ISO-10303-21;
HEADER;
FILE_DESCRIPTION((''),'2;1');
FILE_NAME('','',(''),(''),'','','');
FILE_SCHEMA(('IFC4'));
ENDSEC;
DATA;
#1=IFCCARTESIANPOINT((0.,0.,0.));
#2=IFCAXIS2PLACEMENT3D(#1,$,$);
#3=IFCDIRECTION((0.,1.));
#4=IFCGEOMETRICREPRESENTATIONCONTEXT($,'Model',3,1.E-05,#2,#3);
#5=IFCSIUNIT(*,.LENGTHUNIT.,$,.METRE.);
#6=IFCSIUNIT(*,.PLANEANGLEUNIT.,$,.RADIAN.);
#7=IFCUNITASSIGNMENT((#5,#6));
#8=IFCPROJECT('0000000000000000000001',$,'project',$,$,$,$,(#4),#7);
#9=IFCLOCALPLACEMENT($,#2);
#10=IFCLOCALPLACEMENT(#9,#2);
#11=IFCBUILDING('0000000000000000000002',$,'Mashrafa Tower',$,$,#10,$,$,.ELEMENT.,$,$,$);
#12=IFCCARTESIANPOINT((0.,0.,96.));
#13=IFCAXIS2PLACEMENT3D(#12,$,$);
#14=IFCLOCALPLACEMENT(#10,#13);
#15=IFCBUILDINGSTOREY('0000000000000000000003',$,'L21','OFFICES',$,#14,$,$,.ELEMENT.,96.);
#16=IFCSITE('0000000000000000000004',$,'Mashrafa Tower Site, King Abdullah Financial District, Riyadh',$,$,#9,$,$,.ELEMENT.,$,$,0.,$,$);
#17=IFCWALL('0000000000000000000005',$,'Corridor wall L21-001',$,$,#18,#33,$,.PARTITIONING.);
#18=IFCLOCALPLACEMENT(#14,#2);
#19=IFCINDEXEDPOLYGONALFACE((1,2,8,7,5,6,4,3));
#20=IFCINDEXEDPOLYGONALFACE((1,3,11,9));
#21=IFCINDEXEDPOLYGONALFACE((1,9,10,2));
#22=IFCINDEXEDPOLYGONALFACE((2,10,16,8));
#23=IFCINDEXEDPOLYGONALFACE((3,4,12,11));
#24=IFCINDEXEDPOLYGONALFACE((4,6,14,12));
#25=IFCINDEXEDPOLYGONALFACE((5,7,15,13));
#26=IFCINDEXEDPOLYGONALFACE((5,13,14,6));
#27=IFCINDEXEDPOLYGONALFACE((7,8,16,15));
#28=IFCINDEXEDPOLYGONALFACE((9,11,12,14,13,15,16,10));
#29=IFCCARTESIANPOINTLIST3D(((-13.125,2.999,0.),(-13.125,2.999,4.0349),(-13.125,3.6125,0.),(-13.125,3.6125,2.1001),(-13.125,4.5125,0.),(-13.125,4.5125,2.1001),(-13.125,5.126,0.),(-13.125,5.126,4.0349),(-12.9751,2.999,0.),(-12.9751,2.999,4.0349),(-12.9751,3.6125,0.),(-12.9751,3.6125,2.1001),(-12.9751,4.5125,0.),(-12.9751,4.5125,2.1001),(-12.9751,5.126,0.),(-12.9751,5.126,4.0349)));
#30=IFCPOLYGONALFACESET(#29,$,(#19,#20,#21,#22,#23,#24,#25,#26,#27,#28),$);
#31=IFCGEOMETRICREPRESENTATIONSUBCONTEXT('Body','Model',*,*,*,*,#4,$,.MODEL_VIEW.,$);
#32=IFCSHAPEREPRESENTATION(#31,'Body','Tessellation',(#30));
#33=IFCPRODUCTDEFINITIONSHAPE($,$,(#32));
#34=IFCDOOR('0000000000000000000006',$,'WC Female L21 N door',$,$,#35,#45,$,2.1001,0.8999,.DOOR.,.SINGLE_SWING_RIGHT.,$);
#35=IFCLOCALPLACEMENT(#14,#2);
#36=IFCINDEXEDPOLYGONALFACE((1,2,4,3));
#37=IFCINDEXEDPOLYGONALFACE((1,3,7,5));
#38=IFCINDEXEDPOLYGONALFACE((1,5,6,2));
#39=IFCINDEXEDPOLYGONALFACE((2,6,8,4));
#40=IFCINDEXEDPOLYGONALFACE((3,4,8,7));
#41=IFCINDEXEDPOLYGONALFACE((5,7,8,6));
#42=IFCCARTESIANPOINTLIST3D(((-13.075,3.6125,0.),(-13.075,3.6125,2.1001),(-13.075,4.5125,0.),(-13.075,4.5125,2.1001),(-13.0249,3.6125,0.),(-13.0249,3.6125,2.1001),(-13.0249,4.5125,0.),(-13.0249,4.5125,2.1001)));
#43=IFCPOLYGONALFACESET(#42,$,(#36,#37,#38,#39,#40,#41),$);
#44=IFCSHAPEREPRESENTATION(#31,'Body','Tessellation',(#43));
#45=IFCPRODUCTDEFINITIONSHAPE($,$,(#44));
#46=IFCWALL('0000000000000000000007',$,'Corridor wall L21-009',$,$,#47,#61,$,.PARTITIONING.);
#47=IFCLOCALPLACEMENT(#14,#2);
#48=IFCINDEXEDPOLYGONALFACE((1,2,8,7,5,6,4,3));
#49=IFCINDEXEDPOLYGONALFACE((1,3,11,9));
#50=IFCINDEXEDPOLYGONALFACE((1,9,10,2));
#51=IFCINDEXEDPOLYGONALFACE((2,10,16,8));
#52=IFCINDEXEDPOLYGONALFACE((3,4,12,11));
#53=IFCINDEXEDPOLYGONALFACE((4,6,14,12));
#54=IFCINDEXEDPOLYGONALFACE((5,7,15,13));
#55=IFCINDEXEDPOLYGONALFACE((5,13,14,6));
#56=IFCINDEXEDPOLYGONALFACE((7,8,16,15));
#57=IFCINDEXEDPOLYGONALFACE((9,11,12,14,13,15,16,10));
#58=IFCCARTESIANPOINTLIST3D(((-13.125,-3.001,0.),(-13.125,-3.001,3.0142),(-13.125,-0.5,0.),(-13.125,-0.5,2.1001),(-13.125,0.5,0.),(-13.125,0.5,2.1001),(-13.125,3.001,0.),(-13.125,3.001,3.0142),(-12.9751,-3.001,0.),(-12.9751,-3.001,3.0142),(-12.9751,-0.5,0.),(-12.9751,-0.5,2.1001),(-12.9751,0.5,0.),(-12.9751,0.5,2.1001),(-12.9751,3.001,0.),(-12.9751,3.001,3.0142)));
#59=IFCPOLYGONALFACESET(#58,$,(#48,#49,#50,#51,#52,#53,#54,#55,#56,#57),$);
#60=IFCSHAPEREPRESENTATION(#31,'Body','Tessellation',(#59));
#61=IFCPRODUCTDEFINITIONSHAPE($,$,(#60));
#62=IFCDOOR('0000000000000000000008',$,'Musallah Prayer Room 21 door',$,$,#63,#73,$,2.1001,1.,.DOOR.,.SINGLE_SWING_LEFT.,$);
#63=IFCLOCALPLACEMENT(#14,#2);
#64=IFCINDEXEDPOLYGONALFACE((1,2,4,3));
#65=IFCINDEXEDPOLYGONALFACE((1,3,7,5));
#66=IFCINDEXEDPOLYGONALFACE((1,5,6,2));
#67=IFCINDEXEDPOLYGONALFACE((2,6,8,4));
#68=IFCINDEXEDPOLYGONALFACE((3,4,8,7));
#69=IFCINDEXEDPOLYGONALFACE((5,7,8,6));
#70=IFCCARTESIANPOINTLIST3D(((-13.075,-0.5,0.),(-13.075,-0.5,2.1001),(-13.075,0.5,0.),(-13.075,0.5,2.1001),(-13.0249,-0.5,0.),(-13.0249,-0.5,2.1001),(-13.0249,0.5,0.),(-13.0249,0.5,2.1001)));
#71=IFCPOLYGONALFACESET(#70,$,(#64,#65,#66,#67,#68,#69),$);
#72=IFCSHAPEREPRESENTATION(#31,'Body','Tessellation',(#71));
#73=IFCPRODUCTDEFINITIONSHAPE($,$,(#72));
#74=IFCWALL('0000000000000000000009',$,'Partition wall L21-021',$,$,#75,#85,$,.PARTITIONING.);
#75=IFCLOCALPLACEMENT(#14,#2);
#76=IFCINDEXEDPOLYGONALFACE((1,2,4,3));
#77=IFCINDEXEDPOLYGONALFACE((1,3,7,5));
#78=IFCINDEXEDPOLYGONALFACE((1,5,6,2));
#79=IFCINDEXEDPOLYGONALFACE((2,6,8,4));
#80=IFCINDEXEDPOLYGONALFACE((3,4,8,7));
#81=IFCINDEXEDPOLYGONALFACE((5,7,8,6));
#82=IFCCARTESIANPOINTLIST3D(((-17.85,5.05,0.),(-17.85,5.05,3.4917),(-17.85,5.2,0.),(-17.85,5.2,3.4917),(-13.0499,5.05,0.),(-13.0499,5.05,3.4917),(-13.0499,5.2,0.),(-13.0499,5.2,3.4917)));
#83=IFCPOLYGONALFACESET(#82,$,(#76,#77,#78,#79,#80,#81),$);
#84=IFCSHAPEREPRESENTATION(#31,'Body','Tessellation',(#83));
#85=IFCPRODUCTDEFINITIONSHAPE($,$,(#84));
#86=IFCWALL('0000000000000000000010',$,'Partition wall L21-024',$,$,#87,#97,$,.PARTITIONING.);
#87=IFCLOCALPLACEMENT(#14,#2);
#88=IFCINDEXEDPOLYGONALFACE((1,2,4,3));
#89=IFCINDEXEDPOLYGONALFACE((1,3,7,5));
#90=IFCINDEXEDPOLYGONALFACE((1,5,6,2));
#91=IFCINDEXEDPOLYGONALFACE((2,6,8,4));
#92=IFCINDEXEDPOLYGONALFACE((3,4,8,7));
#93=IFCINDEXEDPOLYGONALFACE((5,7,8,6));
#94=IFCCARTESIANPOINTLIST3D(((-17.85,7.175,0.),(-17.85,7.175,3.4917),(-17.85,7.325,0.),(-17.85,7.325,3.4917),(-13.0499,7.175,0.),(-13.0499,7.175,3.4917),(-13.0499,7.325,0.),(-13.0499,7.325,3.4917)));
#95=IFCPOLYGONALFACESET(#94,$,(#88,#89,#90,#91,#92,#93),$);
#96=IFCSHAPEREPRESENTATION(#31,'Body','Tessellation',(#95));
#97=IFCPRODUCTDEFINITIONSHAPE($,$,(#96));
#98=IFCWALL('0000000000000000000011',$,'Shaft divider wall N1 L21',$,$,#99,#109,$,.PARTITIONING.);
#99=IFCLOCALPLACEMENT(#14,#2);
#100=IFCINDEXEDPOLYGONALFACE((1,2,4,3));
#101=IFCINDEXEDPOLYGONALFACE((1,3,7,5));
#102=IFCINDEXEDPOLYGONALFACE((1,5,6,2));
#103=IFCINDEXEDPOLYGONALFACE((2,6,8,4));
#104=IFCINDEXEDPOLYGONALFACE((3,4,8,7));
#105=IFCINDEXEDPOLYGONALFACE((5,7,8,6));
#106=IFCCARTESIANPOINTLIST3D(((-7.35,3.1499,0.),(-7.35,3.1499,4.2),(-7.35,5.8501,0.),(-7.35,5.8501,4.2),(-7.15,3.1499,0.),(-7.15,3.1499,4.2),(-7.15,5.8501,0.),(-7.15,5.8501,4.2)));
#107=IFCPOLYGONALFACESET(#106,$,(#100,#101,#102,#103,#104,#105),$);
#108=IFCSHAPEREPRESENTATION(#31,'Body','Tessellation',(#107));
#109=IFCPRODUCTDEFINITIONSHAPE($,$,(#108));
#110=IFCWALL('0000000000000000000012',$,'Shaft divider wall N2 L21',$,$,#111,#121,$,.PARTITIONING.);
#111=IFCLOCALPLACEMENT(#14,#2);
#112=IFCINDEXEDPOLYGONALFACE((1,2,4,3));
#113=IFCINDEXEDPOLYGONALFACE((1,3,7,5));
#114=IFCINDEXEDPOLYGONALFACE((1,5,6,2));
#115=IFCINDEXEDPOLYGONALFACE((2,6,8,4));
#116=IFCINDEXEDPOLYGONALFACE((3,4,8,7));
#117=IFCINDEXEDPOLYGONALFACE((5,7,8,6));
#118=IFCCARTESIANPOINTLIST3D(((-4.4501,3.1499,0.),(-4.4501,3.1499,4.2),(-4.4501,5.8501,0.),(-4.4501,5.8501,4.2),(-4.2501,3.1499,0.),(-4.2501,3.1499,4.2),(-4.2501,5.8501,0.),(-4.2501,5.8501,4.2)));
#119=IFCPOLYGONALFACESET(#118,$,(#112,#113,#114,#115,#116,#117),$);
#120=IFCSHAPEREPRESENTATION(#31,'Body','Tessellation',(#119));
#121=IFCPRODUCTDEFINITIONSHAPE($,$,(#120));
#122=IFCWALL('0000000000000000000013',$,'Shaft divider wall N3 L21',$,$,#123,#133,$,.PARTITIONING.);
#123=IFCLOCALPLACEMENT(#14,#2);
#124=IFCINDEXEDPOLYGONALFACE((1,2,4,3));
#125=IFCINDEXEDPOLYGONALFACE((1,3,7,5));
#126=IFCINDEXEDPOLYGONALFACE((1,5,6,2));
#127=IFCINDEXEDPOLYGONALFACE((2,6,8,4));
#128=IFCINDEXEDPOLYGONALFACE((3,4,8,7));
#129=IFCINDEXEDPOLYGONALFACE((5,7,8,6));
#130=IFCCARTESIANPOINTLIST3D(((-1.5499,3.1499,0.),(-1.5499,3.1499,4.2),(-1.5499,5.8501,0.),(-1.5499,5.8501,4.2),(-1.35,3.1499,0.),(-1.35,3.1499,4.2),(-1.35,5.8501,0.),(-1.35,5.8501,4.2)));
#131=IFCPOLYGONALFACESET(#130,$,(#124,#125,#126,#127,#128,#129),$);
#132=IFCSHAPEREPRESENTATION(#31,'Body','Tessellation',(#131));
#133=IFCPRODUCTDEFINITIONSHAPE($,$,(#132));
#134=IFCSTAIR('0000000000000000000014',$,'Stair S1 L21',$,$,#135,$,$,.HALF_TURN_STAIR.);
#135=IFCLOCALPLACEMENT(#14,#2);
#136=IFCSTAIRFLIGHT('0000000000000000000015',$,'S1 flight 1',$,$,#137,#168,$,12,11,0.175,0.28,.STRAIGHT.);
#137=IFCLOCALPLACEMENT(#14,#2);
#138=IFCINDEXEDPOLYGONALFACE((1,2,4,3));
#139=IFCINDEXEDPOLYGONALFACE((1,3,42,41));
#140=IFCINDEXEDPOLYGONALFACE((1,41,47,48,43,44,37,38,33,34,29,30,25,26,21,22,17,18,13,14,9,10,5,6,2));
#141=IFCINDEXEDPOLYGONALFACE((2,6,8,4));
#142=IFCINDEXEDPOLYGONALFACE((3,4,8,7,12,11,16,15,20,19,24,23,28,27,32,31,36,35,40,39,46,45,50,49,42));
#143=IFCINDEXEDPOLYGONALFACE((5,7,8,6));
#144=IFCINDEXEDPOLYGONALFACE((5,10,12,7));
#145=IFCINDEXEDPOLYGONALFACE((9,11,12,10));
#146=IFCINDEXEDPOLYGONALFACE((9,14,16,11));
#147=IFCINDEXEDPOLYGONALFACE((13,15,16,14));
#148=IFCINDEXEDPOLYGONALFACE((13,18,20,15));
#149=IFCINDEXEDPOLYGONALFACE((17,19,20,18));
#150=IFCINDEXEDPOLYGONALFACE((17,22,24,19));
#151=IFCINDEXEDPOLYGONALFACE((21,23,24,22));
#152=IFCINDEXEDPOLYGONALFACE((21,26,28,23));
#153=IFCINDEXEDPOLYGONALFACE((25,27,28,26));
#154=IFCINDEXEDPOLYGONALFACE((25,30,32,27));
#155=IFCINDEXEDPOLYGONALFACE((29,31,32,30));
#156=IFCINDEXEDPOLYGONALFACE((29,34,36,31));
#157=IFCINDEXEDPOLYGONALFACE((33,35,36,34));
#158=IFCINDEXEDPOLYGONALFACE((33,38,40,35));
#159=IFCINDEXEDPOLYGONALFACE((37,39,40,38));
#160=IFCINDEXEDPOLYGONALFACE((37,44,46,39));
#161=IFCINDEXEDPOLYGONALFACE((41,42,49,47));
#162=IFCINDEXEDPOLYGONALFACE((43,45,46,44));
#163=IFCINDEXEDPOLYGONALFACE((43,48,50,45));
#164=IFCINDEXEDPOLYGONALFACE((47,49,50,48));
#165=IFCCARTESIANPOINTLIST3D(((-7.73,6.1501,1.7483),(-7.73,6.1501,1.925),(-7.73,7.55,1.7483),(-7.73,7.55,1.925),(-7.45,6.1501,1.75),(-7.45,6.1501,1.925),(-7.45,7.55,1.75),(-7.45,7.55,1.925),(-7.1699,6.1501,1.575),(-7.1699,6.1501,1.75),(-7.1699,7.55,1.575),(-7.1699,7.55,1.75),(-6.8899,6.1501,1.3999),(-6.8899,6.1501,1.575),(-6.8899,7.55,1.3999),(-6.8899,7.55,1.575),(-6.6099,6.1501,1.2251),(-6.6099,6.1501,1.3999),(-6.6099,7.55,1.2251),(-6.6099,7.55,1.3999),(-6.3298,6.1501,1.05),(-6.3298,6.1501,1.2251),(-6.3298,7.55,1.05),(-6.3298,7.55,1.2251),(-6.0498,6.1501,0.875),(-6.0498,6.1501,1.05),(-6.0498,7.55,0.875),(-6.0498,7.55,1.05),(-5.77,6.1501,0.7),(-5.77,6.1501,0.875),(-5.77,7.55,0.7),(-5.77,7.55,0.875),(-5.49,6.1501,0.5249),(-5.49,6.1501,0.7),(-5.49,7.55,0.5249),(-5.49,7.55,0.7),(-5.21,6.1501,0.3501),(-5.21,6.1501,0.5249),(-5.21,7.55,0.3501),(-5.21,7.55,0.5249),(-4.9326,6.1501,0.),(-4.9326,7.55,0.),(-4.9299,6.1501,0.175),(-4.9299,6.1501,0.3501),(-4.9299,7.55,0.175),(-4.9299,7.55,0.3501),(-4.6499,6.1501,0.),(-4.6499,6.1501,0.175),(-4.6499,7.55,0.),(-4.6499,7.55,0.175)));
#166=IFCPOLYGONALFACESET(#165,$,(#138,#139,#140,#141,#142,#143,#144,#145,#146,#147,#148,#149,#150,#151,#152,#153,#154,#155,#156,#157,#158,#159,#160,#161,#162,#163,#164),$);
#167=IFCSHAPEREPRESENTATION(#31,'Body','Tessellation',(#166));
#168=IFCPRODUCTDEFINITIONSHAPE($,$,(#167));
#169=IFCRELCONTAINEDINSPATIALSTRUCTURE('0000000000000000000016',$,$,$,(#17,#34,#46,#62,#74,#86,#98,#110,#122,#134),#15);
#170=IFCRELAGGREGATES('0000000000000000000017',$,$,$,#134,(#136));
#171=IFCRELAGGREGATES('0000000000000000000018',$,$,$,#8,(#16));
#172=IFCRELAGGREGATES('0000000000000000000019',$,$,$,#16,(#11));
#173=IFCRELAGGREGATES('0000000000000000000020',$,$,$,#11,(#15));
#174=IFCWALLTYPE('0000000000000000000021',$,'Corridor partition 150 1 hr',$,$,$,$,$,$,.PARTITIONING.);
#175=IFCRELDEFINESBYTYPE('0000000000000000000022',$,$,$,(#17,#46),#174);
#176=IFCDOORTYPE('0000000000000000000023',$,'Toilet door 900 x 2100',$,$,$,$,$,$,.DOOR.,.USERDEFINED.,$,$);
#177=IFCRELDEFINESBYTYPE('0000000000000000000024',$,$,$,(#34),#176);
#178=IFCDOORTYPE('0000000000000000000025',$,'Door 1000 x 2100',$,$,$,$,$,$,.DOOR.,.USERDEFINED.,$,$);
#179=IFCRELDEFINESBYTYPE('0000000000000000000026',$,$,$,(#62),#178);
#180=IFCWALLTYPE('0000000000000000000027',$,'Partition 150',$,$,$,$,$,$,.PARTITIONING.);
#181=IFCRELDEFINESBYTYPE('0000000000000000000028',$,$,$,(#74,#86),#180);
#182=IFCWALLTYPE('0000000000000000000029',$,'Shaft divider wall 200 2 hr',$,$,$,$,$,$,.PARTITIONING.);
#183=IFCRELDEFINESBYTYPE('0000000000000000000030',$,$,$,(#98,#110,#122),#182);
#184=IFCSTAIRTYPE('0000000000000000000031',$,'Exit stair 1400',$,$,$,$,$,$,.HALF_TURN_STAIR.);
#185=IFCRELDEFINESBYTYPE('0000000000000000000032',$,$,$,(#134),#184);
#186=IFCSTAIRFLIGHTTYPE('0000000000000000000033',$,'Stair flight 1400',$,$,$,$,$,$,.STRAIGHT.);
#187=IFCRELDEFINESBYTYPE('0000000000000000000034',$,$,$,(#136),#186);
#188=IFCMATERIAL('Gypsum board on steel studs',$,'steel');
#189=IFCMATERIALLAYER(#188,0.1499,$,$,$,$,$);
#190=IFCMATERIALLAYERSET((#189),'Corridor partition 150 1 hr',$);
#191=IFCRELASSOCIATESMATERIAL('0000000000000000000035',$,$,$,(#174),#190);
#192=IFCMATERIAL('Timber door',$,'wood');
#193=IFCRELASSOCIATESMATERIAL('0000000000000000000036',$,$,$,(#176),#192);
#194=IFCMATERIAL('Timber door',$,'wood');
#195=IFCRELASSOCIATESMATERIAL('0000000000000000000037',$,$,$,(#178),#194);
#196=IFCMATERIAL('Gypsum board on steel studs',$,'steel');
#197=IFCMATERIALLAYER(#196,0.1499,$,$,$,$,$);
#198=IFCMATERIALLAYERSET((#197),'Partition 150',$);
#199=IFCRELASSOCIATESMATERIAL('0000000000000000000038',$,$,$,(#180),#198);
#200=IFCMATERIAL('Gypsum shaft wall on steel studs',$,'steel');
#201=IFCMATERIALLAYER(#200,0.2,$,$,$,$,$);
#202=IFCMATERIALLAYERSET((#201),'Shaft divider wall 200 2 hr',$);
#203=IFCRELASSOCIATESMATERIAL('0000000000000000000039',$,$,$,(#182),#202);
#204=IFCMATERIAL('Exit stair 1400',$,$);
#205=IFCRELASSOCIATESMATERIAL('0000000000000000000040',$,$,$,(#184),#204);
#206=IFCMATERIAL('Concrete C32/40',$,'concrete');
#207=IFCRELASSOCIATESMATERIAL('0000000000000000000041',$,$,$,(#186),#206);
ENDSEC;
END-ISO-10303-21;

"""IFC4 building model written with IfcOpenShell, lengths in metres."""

from ifc_helpers import new_model, si_unit, direction, frame, frame_2d, origin, place, context, subcontext, project, spatial, polyline, rectangle, outline, extrude, material, layer, layer_set, type_object, element, fill, aggregate, save


model = new_model("IFC4")

# Units and contexts
model_context = context("Model", 3, precision=1e-05, world=origin(), true_north=direction((0.0, 1.0)))
body_context = subcontext(model_context, "Body", "Model", "MODEL_VIEW")
ifc_project = project(units=[si_unit("LENGTHUNIT", "METRE"), si_unit("PLANEANGLEUNIT", "RADIAN")], contexts=[model_context])

# Site, building, storey
site_placement = place(None, origin())
site = spatial("IfcSite", under=ifc_project, at=site_placement, Name="Mashrafa Tower Site, King Abdullah Financial District, Riyadh", CompositionType="ELEMENT", RefElevation=0.0)
building_placement = place(site_placement, origin())
building = spatial("IfcBuilding", under=site, at=building_placement, Name="Mashrafa Tower", CompositionType="ELEMENT")
storey_placement = place(building_placement, frame((0.0, 0.0, 96.0)))
storey = spatial("IfcBuildingStorey", under=building, at=storey_placement, Name="L21", Description="OFFICES", CompositionType="ELEMENT", Elevation=96.0)

# Walls, openings, doors
ifc_material_1 = material(Name="Gypsum board on steel studs", Category="steel")
ifc_layer_1 = layer(ifc_material_1, 0.1499)
ifc_layer_set_1 = layer_set([ifc_layer_1], Name="Corridor partition 150 1 hr")
wall_type_1 = type_object("IfcWallType", Name="Corridor partition 150 1 hr", PredefinedType="PARTITIONING", material=ifc_layer_set_1)
wall_1_placement = place(storey_placement, frame((-13.05, 5.126, 0.0), z_axis=(0.0, 0.0, 1.0), x_axis=(0.0, -1.0, 0.0)))
wall_1 = element("IfcWall", 1, at=wall_1_placement, inside=storey, type_object=wall_type_1, Name="Corridor wall L21-001", PredefinedType="PARTITIONING", context=body_context, shape_type="SweptSolid", body=[
    extrude(rectangle(XDim=2.127, YDim=0.1499, at=frame_2d((1.0635, 0.0))), origin(), (0.0, 0.0, 1.0), 4.0349),
])
opening_1_placement = place(wall_1_placement, frame((0.6135, 0.0, 0.0)))
opening_1 = element("IfcOpeningElement", 2, at=opening_1_placement, cuts=wall_1, PredefinedType="OPENING", context=body_context, shape_type="SweptSolid", body=[
    extrude(rectangle(XDim=0.8999, YDim=2.1001, at=frame_2d((0.45, 1.05))), frame((0.0, 0.085, 0.0), z_axis=(0.0, -1.0, 0.0), x_axis=(1.0, 0.0, 0.0)), (0.0, 0.0, 1.0), 0.1699),
])
ifc_material_2 = material(Name="Timber door", Category="wood")
door_type_1 = type_object("IfcDoorType", Name="Toilet door 900 x 2100", OperationType="USERDEFINED", PredefinedType="DOOR", material=ifc_material_2)
door_1_placement = place(opening_1_placement, frame((0.8999, 0.0, 0.0), z_axis=(0.0, 0.0, 1.0), x_axis=(-1.0, 0.0, 0.0)))
door_1 = element("IfcDoor", 3, at=door_1_placement, inside=storey, type_object=door_type_1, Name="WC Female L21 N door", OperationType="SINGLE_SWING_RIGHT", OverallHeight=2.1001, OverallWidth=0.8999, PredefinedType="DOOR", context=body_context, shape_type="SweptSolid", body=[
    extrude(rectangle(XDim=0.8999, YDim=2.1001, at=frame_2d((0.45, 1.05))), frame((0.0, 0.0249, 0.0), z_axis=(0.0, -1.0, 0.0), x_axis=(1.0, 0.0, 0.0)), (0.0, 0.0, 1.0), 0.05),
])
fill(opening_1, door_1)
wall_2_placement = place(storey_placement, frame((-13.05, 3.001, 0.0), z_axis=(0.0, 0.0, 1.0), x_axis=(0.0, -1.0, 0.0)))
wall_2 = element("IfcWall", 4, at=wall_2_placement, inside=storey, type_object=wall_type_1, Name="Corridor wall L21-009", PredefinedType="PARTITIONING", context=body_context, shape_type="SweptSolid", body=[
    extrude(rectangle(XDim=6.002, YDim=0.1499, at=frame_2d((3.001, 0.0))), origin(), (0.0, 0.0, 1.0), 3.0142),
])
opening_2_placement = place(wall_2_placement, frame((2.501, 0.0, 0.0)))
opening_2 = element("IfcOpeningElement", 5, at=opening_2_placement, cuts=wall_2, PredefinedType="OPENING", context=body_context, shape_type="SweptSolid", body=[
    extrude(rectangle(XDim=1.0, YDim=2.1001, at=frame_2d((0.5, 1.05))), frame((0.0, 0.085, 0.0), z_axis=(0.0, -1.0, 0.0), x_axis=(1.0, 0.0, 0.0)), (0.0, 0.0, 1.0), 0.1699),
])
ifc_material_3 = material(Name="Timber door", Category="wood")
door_type_2 = type_object("IfcDoorType", Name="Door 1000 x 2100", OperationType="USERDEFINED", PredefinedType="DOOR", material=ifc_material_3)
door_2_placement = place(opening_2_placement, frame((1.0, 0.0, 0.0), z_axis=(0.0, 0.0, 1.0), x_axis=(-1.0, 0.0, 0.0)))
door_2 = element("IfcDoor", 6, at=door_2_placement, inside=storey, type_object=door_type_2, Name="Musallah Prayer Room 21 door", OperationType="SINGLE_SWING_LEFT", OverallHeight=2.1001, OverallWidth=1.0, PredefinedType="DOOR", context=body_context, shape_type="SweptSolid", body=[
    extrude(rectangle(XDim=1.0, YDim=2.1001, at=frame_2d((0.5, 1.05))), frame((0.0, 0.0249, 0.0), z_axis=(0.0, -1.0, 0.0), x_axis=(1.0, 0.0, 0.0)), (0.0, 0.0, 1.0), 0.05),
])
fill(opening_2, door_2)

# Walls
ifc_material_4 = material(Name="Gypsum board on steel studs", Category="steel")
ifc_layer_2 = layer(ifc_material_4, 0.1499)
ifc_layer_set_2 = layer_set([ifc_layer_2], Name="Partition 150")
wall_type_2 = type_object("IfcWallType", Name="Partition 150", PredefinedType="PARTITIONING", material=ifc_layer_set_2)
for number, where, z_axis, x_axis, name in (
    (7, (-13.05, 5.125, 0.0), (0.0, 0.0, 1.0), (-1.0, 0.0, 0.0), "Partition wall L21-021"),
    (8, (-13.05, 7.25, 0.0), (0.0, 0.0, 1.0), (-1.0, 0.0, 0.0), "Partition wall L21-024"),
):
    element("IfcWall", number, at=place(storey_placement, frame(where, z_axis=z_axis, x_axis=x_axis)), inside=storey, type_object=wall_type_2, Name=name, PredefinedType="PARTITIONING", context=body_context, shape_type="SweptSolid", body=[
        extrude(rectangle(XDim=4.8, YDim=0.1499, at=frame_2d((2.3999, 0.0))), origin(), (0.0, 0.0, 1.0), 3.4917),
    ])
ifc_material_5 = material(Name="Gypsum shaft wall on steel studs", Category="steel")
ifc_layer_3 = layer(ifc_material_5, 0.2)
ifc_layer_set_3 = layer_set([ifc_layer_3], Name="Shaft divider wall 200 2 hr")
wall_type_3 = type_object("IfcWallType", Name="Shaft divider wall 200 2 hr", PredefinedType="PARTITIONING", material=ifc_layer_set_3)
for number, where, z_axis, x_axis, name in (
    (9, (-7.25, 3.1499, 0.0), (0.0, 0.0, 1.0), (0.0, 1.0, 0.0), "Shaft divider wall N1 L21"),
    (10, (-4.3501, 3.1499, 0.0), (0.0, 0.0, 1.0), (0.0, 1.0, 0.0), "Shaft divider wall N2 L21"),
    (11, (-1.45, 3.1499, 0.0), (0.0, 0.0, 1.0), (0.0, 1.0, 0.0), "Shaft divider wall N3 L21"),
):
    element("IfcWall", number, at=place(storey_placement, frame(where, z_axis=z_axis, x_axis=x_axis)), inside=storey, type_object=wall_type_3, Name=name, PredefinedType="PARTITIONING", context=body_context, shape_type="SweptSolid", body=[
        extrude(rectangle(XDim=2.7002, YDim=0.2, at=frame_2d((1.3501, 0.0))), origin(), (0.0, 0.0, 1.0), 4.2),
    ])

# Stair, stair flight
ifc_material_6 = material(Name="Exit stair 1400")
stair_type = type_object("IfcStairType", Name="Exit stair 1400", PredefinedType="HALF_TURN_STAIR", material=ifc_material_6)
stair_placement = place(storey_placement, origin())
stair = element("IfcStair", 12, at=stair_placement, inside=storey, type_object=stair_type, Name="Stair S1 L21", PredefinedType="HALF_TURN_STAIR")
ifc_material_7 = material(Name="Concrete C32/40", Category="concrete")
stair_flight_type = type_object("IfcStairFlightType", Name="Stair flight 1400", PredefinedType="STRAIGHT", material=ifc_material_7)
stair_flight_placement = place(storey_placement, frame((-4.6499, 6.8501, 0.0), z_axis=(0.0, 0.0, 1.0), x_axis=(-1.0, 0.0, 0.0)))
stair_flight = element("IfcStairFlight", 13, at=stair_flight_placement, type_object=stair_flight_type, Name="S1 flight 1", NumberOfRisers=12, NumberOfTreads=11, PredefinedType="STRAIGHT", RiserHeight=0.175, TreadLength=0.28, context=body_context, shape_type="SweptSolid", body=[
    extrude(outline(polyline([(0.0, 0.0), (0.0, 0.175), (0.28, 0.175), (0.28, 0.3501), (0.5601, 0.3501), (0.5601, 0.5249), (0.8401, 0.5249), (0.8401, 0.7), (1.1201, 0.7), (1.1201, 0.875), (1.3999, 0.875), (1.3999, 1.05), (1.6799, 1.05), (1.6799, 1.2251), (1.96, 1.2251), (1.96, 1.3999), (2.24, 1.3999), (2.24, 1.575), (2.52, 1.575), (2.52, 1.75), (2.8, 1.75), (2.8, 1.925), (3.0801, 1.925), (3.0801, 2.1001), (3.0801, 1.7483), (0.2827, 0.0), (0.0, 0.0)])), frame((0.0, 0.7, 0.0), z_axis=(0.0, -1.0, 0.0), x_axis=(1.0, 0.0, 0.0)), (0.0, 0.0, 1.0), 1.3999),
])
aggregate(stair, [stair_flight])

save(model, "model.ifc")
